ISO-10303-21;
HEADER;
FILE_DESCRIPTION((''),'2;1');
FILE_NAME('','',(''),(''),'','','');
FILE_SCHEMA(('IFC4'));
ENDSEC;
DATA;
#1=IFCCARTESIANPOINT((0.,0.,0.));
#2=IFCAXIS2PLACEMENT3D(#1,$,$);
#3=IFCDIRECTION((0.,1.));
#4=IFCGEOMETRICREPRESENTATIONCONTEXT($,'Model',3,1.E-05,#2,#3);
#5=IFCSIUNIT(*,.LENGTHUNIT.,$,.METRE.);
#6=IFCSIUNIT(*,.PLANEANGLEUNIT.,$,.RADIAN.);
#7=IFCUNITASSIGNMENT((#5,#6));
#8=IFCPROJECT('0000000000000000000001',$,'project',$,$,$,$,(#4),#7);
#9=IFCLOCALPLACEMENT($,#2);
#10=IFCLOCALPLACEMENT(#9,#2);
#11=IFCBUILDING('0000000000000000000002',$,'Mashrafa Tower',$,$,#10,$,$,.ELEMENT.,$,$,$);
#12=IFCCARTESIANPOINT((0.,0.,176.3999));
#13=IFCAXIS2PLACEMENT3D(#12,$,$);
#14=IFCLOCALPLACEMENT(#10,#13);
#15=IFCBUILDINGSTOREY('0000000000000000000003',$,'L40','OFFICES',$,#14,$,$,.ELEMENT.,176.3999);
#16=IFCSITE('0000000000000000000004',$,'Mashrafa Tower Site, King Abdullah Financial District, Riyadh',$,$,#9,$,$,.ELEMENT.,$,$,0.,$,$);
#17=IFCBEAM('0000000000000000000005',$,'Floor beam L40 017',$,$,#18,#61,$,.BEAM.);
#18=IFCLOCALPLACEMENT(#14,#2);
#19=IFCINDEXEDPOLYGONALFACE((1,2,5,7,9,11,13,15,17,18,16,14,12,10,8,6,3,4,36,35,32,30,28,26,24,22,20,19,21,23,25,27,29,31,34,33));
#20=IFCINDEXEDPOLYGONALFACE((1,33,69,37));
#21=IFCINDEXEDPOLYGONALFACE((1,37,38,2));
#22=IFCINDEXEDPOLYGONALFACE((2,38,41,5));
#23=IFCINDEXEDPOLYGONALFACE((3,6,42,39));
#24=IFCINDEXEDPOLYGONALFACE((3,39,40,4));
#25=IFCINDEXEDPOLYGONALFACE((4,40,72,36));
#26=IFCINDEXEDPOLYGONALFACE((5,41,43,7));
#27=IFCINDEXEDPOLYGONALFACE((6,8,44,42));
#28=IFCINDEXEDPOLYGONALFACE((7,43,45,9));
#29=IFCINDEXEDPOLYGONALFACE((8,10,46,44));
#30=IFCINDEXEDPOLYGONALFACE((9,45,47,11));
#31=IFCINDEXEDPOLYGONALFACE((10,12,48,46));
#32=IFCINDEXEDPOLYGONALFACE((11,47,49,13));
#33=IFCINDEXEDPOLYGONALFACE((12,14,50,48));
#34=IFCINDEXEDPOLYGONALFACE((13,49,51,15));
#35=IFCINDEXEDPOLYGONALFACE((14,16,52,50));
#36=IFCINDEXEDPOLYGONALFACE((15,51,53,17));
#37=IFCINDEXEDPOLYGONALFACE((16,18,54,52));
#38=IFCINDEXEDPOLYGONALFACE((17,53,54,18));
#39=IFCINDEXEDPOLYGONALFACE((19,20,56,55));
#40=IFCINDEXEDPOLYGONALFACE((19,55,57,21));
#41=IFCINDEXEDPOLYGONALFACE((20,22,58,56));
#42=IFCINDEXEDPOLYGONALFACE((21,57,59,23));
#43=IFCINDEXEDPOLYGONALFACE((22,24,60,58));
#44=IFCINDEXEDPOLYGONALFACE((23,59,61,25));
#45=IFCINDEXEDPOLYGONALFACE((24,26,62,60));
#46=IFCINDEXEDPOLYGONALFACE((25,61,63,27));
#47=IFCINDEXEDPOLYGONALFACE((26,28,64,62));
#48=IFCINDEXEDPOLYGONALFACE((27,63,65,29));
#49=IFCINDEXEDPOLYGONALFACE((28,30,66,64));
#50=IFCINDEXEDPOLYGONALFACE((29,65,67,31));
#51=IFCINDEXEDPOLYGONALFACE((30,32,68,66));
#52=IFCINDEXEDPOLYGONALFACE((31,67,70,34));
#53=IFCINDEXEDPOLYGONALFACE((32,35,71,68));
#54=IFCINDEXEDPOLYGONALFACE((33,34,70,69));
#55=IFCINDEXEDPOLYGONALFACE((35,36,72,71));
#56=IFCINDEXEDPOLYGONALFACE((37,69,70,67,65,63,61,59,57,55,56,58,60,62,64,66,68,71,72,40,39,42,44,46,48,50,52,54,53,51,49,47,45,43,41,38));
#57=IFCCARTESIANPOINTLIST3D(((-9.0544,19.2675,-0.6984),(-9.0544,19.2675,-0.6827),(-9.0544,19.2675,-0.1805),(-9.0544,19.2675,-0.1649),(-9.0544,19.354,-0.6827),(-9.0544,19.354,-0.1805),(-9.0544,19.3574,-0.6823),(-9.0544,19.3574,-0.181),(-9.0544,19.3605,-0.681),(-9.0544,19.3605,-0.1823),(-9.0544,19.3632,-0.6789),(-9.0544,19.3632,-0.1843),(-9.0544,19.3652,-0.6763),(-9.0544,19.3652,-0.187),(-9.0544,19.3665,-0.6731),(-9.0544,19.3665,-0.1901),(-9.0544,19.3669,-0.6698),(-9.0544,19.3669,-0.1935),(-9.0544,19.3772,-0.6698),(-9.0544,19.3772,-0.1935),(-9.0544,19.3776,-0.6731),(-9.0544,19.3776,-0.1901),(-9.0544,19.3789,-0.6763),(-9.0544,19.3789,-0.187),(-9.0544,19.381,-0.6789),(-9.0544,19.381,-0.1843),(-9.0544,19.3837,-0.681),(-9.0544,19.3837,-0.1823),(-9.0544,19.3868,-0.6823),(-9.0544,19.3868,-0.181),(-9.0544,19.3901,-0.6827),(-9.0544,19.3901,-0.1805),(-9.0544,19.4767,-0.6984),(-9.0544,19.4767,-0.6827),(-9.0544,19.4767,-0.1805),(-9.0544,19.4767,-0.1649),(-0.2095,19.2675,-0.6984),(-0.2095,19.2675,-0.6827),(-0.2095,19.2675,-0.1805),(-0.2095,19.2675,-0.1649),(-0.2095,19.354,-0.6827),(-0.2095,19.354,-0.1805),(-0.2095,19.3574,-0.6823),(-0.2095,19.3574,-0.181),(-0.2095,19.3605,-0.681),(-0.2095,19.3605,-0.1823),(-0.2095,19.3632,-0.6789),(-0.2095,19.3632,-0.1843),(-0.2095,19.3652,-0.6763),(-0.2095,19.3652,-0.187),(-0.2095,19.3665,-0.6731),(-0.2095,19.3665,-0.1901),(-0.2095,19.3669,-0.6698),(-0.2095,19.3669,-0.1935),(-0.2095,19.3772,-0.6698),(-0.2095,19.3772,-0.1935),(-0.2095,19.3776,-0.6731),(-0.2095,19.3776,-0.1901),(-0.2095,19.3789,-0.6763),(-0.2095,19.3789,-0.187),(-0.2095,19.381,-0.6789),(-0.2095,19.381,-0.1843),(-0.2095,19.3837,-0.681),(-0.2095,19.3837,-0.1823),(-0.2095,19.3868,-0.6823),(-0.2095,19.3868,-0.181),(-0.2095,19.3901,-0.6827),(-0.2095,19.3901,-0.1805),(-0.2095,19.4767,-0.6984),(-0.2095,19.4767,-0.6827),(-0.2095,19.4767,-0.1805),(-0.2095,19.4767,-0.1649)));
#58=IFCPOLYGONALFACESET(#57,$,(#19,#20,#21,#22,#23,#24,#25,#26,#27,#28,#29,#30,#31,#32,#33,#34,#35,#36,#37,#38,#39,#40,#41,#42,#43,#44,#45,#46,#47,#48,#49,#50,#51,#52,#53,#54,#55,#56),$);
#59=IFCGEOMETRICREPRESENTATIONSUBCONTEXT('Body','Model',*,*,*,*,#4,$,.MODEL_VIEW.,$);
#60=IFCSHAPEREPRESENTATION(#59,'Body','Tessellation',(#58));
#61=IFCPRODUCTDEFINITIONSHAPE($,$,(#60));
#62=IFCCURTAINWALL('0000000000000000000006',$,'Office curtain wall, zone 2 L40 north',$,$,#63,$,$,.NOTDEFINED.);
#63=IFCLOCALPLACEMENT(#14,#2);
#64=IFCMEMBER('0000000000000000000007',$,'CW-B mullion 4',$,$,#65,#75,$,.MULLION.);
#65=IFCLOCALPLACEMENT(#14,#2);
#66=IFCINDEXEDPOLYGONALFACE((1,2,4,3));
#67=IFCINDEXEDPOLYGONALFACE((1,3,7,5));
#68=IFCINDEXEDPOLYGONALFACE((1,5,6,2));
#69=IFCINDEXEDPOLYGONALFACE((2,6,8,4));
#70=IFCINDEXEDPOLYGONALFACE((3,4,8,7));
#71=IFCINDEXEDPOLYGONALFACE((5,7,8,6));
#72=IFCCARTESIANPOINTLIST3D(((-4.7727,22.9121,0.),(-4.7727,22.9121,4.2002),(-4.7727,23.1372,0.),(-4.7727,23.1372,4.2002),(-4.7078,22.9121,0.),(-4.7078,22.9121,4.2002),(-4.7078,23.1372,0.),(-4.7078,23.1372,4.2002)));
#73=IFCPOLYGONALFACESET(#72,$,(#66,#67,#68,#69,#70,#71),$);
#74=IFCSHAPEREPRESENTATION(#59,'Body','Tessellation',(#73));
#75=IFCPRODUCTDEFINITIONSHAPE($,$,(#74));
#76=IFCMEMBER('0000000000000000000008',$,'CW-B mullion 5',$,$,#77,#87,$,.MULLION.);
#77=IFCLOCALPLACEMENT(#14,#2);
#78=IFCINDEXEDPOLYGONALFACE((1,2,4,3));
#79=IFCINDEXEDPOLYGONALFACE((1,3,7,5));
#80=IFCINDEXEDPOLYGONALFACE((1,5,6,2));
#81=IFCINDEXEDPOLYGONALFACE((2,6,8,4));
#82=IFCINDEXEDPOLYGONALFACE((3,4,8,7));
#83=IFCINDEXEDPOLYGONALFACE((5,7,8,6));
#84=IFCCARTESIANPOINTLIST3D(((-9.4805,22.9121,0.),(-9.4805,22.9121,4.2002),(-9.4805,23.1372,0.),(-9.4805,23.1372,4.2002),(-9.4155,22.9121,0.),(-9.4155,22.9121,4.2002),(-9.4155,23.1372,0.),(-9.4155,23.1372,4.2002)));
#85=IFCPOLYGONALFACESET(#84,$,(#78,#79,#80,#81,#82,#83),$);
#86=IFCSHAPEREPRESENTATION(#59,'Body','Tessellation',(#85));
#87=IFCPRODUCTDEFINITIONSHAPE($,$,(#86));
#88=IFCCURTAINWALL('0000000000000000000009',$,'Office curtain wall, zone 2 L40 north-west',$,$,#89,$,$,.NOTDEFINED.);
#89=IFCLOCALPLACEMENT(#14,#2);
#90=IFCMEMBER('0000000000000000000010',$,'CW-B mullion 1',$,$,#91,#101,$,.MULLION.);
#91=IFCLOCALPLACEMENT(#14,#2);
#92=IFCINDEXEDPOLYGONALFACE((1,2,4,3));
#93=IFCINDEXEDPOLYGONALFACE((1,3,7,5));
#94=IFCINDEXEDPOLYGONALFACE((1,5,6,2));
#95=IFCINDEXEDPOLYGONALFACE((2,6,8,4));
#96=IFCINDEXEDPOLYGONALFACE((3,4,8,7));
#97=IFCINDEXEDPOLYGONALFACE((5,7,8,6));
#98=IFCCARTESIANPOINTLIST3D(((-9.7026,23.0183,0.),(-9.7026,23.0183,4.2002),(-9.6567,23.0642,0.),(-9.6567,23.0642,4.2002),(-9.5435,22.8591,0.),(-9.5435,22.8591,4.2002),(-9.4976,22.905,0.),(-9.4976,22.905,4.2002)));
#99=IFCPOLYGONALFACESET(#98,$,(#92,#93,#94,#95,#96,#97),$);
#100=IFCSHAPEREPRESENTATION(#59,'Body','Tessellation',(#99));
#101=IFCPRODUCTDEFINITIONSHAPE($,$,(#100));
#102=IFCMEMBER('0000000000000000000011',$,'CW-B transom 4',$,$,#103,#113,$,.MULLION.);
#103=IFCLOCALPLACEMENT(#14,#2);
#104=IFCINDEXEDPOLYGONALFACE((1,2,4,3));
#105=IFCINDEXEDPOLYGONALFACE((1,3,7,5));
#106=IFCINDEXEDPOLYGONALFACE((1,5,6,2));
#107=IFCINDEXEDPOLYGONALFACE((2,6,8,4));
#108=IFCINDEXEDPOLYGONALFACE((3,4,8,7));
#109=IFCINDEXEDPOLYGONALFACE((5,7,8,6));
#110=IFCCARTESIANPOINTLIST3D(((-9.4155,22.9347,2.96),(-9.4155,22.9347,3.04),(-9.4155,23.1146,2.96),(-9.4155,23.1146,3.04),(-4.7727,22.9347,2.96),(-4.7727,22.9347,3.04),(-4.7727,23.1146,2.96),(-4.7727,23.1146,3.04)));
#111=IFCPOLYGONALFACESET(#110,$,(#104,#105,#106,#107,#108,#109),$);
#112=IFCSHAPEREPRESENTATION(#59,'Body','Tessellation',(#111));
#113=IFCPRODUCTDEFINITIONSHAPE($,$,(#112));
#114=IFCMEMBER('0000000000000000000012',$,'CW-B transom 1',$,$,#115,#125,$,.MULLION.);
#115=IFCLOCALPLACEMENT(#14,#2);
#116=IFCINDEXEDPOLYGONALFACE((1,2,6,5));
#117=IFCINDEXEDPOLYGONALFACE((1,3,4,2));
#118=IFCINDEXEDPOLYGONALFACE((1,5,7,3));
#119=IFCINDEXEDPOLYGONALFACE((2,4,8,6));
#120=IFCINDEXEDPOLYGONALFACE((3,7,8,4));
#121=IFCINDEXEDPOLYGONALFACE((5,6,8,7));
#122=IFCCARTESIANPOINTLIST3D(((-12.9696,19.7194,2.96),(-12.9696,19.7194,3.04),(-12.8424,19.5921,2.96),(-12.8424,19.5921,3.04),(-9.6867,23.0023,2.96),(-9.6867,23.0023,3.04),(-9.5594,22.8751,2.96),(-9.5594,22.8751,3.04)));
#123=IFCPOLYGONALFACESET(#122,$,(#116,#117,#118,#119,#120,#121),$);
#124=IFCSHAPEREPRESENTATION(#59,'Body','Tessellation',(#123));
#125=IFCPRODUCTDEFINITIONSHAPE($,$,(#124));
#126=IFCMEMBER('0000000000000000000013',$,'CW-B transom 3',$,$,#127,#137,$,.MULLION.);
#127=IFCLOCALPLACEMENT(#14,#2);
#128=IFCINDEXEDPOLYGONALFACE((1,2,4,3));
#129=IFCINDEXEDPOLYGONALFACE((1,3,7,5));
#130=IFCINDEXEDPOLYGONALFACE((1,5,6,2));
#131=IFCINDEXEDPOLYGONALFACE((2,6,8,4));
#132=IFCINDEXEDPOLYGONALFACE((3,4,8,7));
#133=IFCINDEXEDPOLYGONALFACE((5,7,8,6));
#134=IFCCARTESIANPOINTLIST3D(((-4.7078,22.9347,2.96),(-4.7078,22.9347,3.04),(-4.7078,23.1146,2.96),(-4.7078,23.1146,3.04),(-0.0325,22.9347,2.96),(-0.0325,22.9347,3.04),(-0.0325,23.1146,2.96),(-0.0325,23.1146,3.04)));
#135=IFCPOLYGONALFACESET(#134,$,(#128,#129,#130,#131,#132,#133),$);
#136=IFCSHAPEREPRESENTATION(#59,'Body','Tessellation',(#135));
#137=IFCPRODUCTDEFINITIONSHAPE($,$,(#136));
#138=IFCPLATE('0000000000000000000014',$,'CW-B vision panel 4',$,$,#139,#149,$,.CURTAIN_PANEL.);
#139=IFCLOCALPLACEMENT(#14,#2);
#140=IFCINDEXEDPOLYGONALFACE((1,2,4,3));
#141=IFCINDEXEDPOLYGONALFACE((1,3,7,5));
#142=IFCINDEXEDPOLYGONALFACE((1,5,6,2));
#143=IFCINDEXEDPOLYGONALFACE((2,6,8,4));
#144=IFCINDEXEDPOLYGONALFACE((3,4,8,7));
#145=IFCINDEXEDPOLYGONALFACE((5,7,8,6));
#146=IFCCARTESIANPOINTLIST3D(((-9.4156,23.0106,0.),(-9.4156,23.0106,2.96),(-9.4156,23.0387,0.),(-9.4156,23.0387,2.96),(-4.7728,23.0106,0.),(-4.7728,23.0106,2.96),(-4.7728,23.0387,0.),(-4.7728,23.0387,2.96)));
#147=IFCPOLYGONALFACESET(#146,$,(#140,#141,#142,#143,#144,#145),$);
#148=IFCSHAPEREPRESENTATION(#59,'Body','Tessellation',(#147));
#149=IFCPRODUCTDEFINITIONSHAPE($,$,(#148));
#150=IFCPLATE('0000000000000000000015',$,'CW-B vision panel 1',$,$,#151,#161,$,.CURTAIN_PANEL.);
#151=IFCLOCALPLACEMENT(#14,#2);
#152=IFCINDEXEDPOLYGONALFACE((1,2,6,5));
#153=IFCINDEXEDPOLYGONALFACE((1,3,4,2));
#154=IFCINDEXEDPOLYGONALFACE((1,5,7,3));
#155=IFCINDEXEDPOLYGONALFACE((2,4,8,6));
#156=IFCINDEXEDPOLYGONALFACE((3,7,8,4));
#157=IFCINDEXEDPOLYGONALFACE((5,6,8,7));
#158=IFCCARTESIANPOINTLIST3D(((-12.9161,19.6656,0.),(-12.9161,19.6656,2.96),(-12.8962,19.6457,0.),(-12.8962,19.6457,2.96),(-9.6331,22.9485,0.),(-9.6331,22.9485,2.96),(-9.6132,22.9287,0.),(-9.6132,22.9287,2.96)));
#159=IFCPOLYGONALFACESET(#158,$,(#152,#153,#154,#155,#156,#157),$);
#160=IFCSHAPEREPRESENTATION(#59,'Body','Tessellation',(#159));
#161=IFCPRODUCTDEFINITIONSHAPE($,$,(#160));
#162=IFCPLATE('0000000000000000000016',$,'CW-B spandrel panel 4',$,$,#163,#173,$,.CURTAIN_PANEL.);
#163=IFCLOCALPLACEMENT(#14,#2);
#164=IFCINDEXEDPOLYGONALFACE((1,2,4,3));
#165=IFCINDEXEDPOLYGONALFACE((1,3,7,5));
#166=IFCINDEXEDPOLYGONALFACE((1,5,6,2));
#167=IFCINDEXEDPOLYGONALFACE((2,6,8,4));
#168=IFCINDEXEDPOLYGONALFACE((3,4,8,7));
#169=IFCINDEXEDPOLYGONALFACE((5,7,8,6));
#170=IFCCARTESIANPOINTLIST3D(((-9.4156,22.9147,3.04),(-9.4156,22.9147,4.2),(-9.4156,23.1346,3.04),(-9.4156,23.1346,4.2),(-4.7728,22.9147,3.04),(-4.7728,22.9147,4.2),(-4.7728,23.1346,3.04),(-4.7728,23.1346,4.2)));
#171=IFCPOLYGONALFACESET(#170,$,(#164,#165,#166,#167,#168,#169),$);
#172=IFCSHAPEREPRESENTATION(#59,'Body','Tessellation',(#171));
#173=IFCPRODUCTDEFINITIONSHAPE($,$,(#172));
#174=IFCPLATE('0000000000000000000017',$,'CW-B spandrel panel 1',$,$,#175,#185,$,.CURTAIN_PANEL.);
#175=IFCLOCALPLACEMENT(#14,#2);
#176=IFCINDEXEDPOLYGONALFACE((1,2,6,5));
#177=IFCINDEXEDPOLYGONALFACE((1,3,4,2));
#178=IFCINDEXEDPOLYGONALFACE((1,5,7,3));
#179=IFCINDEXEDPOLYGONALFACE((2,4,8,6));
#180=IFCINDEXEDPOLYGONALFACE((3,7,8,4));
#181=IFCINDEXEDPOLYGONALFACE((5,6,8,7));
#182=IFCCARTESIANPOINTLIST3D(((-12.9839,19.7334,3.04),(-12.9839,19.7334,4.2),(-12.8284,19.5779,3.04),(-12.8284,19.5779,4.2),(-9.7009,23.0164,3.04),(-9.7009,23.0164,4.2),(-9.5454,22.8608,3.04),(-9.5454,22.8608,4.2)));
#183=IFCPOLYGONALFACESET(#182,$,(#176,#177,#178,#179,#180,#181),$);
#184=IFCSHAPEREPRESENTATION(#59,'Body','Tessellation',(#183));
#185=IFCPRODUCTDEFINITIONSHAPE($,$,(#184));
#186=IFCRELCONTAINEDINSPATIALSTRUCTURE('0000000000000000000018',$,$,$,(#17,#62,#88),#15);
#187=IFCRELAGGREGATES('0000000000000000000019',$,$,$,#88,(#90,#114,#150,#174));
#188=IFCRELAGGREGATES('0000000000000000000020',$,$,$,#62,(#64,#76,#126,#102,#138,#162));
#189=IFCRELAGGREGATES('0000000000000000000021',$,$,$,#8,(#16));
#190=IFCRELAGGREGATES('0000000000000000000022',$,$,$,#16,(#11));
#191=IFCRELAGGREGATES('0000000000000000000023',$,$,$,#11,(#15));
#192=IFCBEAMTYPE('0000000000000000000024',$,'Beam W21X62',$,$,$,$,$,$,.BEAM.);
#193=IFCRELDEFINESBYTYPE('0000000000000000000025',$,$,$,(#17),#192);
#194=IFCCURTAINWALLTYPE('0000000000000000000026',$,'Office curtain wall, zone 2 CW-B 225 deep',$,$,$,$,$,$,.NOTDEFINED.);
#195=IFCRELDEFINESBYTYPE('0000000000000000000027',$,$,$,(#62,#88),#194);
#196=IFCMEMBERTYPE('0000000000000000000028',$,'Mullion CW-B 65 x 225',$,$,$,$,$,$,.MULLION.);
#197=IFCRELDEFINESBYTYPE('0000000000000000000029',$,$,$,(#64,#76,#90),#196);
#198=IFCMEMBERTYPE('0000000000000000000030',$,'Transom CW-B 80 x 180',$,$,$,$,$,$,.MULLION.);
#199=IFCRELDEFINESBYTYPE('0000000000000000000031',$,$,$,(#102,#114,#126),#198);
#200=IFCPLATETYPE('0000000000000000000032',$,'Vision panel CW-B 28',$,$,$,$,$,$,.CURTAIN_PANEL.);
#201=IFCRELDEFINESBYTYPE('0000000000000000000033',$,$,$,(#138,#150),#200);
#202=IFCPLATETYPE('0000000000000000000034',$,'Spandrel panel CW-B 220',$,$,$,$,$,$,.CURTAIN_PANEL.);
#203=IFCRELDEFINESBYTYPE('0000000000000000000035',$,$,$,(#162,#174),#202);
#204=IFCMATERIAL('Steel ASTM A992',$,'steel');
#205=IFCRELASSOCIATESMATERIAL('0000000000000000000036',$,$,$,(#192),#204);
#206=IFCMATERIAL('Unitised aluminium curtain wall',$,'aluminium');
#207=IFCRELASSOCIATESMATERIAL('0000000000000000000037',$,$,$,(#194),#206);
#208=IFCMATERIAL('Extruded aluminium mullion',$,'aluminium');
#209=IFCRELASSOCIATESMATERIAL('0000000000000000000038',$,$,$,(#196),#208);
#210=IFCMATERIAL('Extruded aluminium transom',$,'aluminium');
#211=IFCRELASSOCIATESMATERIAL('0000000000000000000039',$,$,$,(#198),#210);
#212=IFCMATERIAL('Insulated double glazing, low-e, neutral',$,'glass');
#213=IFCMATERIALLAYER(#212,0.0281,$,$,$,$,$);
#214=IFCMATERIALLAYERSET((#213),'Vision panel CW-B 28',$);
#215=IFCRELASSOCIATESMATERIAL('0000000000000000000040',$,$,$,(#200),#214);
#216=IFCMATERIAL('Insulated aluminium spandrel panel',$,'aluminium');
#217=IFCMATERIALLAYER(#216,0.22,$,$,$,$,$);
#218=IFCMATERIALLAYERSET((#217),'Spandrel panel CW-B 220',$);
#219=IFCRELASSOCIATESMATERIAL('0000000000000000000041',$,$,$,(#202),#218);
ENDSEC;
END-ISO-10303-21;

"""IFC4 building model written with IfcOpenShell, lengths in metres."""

from ifc_helpers import new_model, si_unit, direction, frame, origin, origin_2d, place, context, subcontext, project, spatial, rectangle, i_section, extrude, source, transform, mapped, material, layer, layer_set, material_profile, profile_set, type_object, type_shapes, element, aggregate, save


model = new_model("IFC4")

# Units and contexts
model_context = context("Model", 3, precision=1e-05, world=origin(), true_north=direction((0.0, 1.0)))
body_context = subcontext(model_context, "Body", "Model", "MODEL_VIEW")
ifc_project = project(units=[si_unit("LENGTHUNIT", "METRE"), si_unit("PLANEANGLEUNIT", "RADIAN")], contexts=[model_context])

# Site, building, storey
site_placement = place(None, origin())
site = spatial("IfcSite", under=ifc_project, at=site_placement, Name="Mashrafa Tower Site, King Abdullah Financial District, Riyadh", CompositionType="ELEMENT", RefElevation=0.0)
building_placement = place(site_placement, origin())
building = spatial("IfcBuilding", under=site, at=building_placement, Name="Mashrafa Tower", CompositionType="ELEMENT")
storey_placement = place(building_placement, frame((0.0, 0.0, 176.3999)))
storey = spatial("IfcBuildingStorey", under=building, at=storey_placement, Name="L40", Description="OFFICES", CompositionType="ELEMENT", Elevation=176.3999)

# Beam
ifc_material_1 = material(Name="Steel ASTM A992", Category="steel")
ifc_material_profile_1 = material_profile(ifc_material_1, i_section(OverallWidth=0.2092, OverallDepth=0.5334, WebThickness=0.0103, FlangeThickness=0.0156, FilletRadius=0.0129, at=origin_2d()), Name="W21X62")
ifc_profile_set_1 = profile_set([ifc_material_profile_1], Name="Steel ASTM A992")
beam_type_1 = type_object("IfcBeamType", Name="Beam W21X62", PredefinedType="BEAM", material=ifc_profile_set_1)
beam_1_placement = place(storey_placement, frame((-9.0544, 19.3721, -0.4316), z_axis=(1.0, 0.0, 0.0), x_axis=(0.0, 1.0, 0.0)))
element("IfcBeam", 1, at=beam_1_placement, inside=storey, type_object=beam_type_1, Name="Floor beam L40 017", PredefinedType="BEAM", context=body_context, shape_type="SweptSolid", body=[
    extrude(i_section(OverallWidth=0.2092, OverallDepth=0.5334, WebThickness=0.0103, FlangeThickness=0.0156, FilletRadius=0.0129, at=origin_2d()), origin(), (0.0, 0.0, 1.0), 8.845),
])

# Curtain wall, members
ifc_material_2 = material(Name="Unitised aluminium curtain wall", Category="aluminium")
curtain_wall_type = type_object("IfcCurtainWallType", Name="Office curtain wall, zone 2 CW-B 225 deep", PredefinedType="NOTDEFINED", material=ifc_material_2)
curtain_wall_1_placement = place(storey_placement, origin())
curtain_wall_1 = element("IfcCurtainWall", 2, at=curtain_wall_1_placement, inside=storey, type_object=curtain_wall_type, Name="Office curtain wall, zone 2 L40 north", PredefinedType="NOTDEFINED")
ifc_material_3 = material(Name="Extruded aluminium mullion", Category="aluminium")
ifc_material_profile_2 = material_profile(ifc_material_3, rectangle(XDim=0.2251, YDim=0.0649, at=origin_2d()), Name="Mullion 65x225")
ifc_profile_set_2 = profile_set([ifc_material_profile_2], Name="Extruded aluminium mullion")
member_type_1 = type_object("IfcMemberType", Name="Mullion CW-B 65 x 225", PredefinedType="MULLION", material=ifc_profile_set_2)
shared_shape_1 = source(origin(), body_context, "Body", "SweptSolid", [
    extrude(rectangle(XDim=0.2251, YDim=0.0649, at=origin_2d()), origin(), (0.0, 0.0, 1.0), 4.2002),
])
type_shapes(member_type_1, [shared_shape_1])
member_1_placement = place(storey_placement, frame((-4.7402, 23.0247, 0.0), z_axis=(0.0, 0.0, 1.0), x_axis=(0.0, -1.0, 0.0)))
member_1 = element("IfcMember", 3, at=member_1_placement, type_object=member_type_1, Name="CW-B mullion 4", PredefinedType="MULLION", context=body_context, shape_type="MappedRepresentation", body=[
    mapped(shared_shape_1, transform((0.0, 0.0, 0.0))),
])
member_2_placement = place(storey_placement, frame((-9.448, 23.0247, 0.0), z_axis=(0.0, 0.0, 1.0), x_axis=(0.0, -1.0, 0.0)))
member_2 = element("IfcMember", 4, at=member_2_placement, type_object=member_type_1, Name="CW-B mullion 5", PredefinedType="MULLION", context=body_context, shape_type="MappedRepresentation", body=[
    mapped(shared_shape_1, transform((0.0, 0.0, 0.0))),
])

# Curtain wall, member
curtain_wall_2_placement = place(storey_placement, origin())
curtain_wall_2 = element("IfcCurtainWall", 5, at=curtain_wall_2_placement, inside=storey, type_object=curtain_wall_type, Name="Office curtain wall, zone 2 L40 north-west", PredefinedType="NOTDEFINED")
member_3_placement = place(storey_placement, frame((-9.6001, 22.9617, 0.0), z_axis=(0.0, 0.0, 1.0), x_axis=(0.707107, -0.707107, 0.0)))
member_3 = element("IfcMember", 6, at=member_3_placement, type_object=member_type_1, Name="CW-B mullion 1", PredefinedType="MULLION", context=body_context, shape_type="MappedRepresentation", body=[
    mapped(shared_shape_1, transform((0.0, 0.0, 0.0))),
])

# Members
ifc_material_4 = material(Name="Extruded aluminium transom", Category="aluminium")
ifc_material_profile_3 = material_profile(ifc_material_4, rectangle(XDim=0.1799, YDim=0.0801, at=origin_2d()), Name="Transom 80x180")
ifc_profile_set_3 = profile_set([ifc_material_profile_3], Name="Extruded aluminium transom")
member_type_2 = type_object("IfcMemberType", Name="Transom CW-B 80 x 180", PredefinedType="MULLION", material=ifc_profile_set_3)
shared_shape_2 = source(origin(), body_context, "Body", "SweptSolid", [
    extrude(rectangle(XDim=0.1799, YDim=0.0801, at=origin_2d()), origin(), (0.0, 0.0, 1.0), 4.6428),
])
member_4_placement = place(storey_placement, frame((-4.7727, 23.0247, 3.0), z_axis=(-1.0, 0.0, 0.0), x_axis=(0.0, -1.0, 0.0)))
member_4 = element("IfcMember", 7, at=member_4_placement, type_object=member_type_2, Name="CW-B transom 4", PredefinedType="MULLION", context=body_context, shape_type="MappedRepresentation", body=[
    mapped(shared_shape_2, transform((0.0, 0.0, 0.0))),
])
member_5_placement = place(storey_placement, frame((-9.623, 22.9387, 3.0), z_axis=(-0.707107, -0.707107, 0.0), x_axis=(0.707107, -0.707107, 0.0)))
member_5 = element("IfcMember", 8, at=member_5_placement, type_object=member_type_2, Name="CW-B transom 1", PredefinedType="MULLION", context=body_context, shape_type="MappedRepresentation", body=[
    mapped(shared_shape_2, transform((0.0, 0.0, 0.0))),
])
shared_shape_3 = source(origin(), body_context, "Body", "SweptSolid", [
    extrude(rectangle(XDim=0.1799, YDim=0.0801, at=origin_2d()), origin(), (0.0, 0.0, 1.0), 4.6753),
])
type_shapes(member_type_2, [shared_shape_2, shared_shape_3])
member_6_placement = place(storey_placement, frame((-0.0325, 23.0247, 3.0), z_axis=(-1.0, 0.0, 0.0), x_axis=(0.0, -1.0, 0.0)))
member_6 = element("IfcMember", 9, at=member_6_placement, type_object=member_type_2, Name="CW-B transom 3", PredefinedType="MULLION", context=body_context, shape_type="MappedRepresentation", body=[
    mapped(shared_shape_3, transform((0.0, 0.0, 0.0))),
])

# Plates
ifc_material_5 = material(Name="Insulated double glazing, low-e, neutral", Category="glass")
ifc_layer_1 = layer(ifc_material_5, 0.0281)
ifc_layer_set_1 = layer_set([ifc_layer_1], Name="Vision panel CW-B 28")
plate_type_1 = type_object("IfcPlateType", Name="Vision panel CW-B 28", PredefinedType="CURTAIN_PANEL", material=ifc_layer_set_1)
shared_shape_4 = source(origin(), body_context, "Body", "SweptSolid", [
    extrude(rectangle(XDim=4.6428, YDim=0.0281, at=origin_2d()), origin(), (0.0, 0.0, 1.0), 2.96),
])
plate_1_placement = place(storey_placement, frame((-7.0942, 23.0247, 0.0), z_axis=(0.0, 0.0, 1.0), x_axis=(-1.0, 0.0, 0.0)))
plate_1 = element("IfcPlate", 10, at=plate_1_placement, type_object=plate_type_1, Name="CW-B vision panel 4", PredefinedType="CURTAIN_PANEL", context=body_context, shape_type="MappedRepresentation", body=[
    mapped(shared_shape_4, transform((0.0, 0.0, 0.0))),
])
plate_2_placement = place(storey_placement, frame((-11.2646, 21.2971, 0.0), z_axis=(0.0, 0.0, 1.0), x_axis=(-0.707107, -0.707107, 0.0)))
plate_2 = element("IfcPlate", 11, at=plate_2_placement, type_object=plate_type_1, Name="CW-B vision panel 1", PredefinedType="CURTAIN_PANEL", context=body_context, shape_type="MappedRepresentation", body=[
    mapped(shared_shape_4, transform((0.0, 0.0, 0.0))),
])
ifc_material_6 = material(Name="Insulated aluminium spandrel panel", Category="aluminium")
ifc_layer_2 = layer(ifc_material_6, 0.22)
ifc_layer_set_2 = layer_set([ifc_layer_2], Name="Spandrel panel CW-B 220")
plate_type_2 = type_object("IfcPlateType", Name="Spandrel panel CW-B 220", PredefinedType="CURTAIN_PANEL", material=ifc_layer_set_2)
shared_shape_5 = source(origin(), body_context, "Body", "SweptSolid", [
    extrude(rectangle(XDim=4.6428, YDim=0.22, at=origin_2d()), origin(), (0.0, 0.0, 1.0), 1.1599),
])
plate_3_placement = place(storey_placement, frame((-7.0942, 23.0247, 3.04), z_axis=(0.0, 0.0, 1.0), x_axis=(-1.0, 0.0, 0.0)))
plate_3 = element("IfcPlate", 12, at=plate_3_placement, type_object=plate_type_2, Name="CW-B spandrel panel 4", PredefinedType="CURTAIN_PANEL", context=body_context, shape_type="MappedRepresentation", body=[
    mapped(shared_shape_5, transform((0.0, 0.0, 0.0))),
])
plate_4_placement = place(storey_placement, frame((-11.2646, 21.2971, 3.04), z_axis=(0.0, 0.0, 1.0), x_axis=(-0.707107, -0.707107, 0.0)))
plate_4 = element("IfcPlate", 13, at=plate_4_placement, type_object=plate_type_2, Name="CW-B spandrel panel 1", PredefinedType="CURTAIN_PANEL", context=body_context, shape_type="MappedRepresentation", body=[
    mapped(shared_shape_5, transform((0.0, 0.0, 0.0))),
])
aggregate(curtain_wall_2, [member_3, member_5, plate_2, plate_4])
aggregate(curtain_wall_1, [member_1, member_2, member_6, member_4, plate_1, plate_3])

save(model, "model.ifc")
